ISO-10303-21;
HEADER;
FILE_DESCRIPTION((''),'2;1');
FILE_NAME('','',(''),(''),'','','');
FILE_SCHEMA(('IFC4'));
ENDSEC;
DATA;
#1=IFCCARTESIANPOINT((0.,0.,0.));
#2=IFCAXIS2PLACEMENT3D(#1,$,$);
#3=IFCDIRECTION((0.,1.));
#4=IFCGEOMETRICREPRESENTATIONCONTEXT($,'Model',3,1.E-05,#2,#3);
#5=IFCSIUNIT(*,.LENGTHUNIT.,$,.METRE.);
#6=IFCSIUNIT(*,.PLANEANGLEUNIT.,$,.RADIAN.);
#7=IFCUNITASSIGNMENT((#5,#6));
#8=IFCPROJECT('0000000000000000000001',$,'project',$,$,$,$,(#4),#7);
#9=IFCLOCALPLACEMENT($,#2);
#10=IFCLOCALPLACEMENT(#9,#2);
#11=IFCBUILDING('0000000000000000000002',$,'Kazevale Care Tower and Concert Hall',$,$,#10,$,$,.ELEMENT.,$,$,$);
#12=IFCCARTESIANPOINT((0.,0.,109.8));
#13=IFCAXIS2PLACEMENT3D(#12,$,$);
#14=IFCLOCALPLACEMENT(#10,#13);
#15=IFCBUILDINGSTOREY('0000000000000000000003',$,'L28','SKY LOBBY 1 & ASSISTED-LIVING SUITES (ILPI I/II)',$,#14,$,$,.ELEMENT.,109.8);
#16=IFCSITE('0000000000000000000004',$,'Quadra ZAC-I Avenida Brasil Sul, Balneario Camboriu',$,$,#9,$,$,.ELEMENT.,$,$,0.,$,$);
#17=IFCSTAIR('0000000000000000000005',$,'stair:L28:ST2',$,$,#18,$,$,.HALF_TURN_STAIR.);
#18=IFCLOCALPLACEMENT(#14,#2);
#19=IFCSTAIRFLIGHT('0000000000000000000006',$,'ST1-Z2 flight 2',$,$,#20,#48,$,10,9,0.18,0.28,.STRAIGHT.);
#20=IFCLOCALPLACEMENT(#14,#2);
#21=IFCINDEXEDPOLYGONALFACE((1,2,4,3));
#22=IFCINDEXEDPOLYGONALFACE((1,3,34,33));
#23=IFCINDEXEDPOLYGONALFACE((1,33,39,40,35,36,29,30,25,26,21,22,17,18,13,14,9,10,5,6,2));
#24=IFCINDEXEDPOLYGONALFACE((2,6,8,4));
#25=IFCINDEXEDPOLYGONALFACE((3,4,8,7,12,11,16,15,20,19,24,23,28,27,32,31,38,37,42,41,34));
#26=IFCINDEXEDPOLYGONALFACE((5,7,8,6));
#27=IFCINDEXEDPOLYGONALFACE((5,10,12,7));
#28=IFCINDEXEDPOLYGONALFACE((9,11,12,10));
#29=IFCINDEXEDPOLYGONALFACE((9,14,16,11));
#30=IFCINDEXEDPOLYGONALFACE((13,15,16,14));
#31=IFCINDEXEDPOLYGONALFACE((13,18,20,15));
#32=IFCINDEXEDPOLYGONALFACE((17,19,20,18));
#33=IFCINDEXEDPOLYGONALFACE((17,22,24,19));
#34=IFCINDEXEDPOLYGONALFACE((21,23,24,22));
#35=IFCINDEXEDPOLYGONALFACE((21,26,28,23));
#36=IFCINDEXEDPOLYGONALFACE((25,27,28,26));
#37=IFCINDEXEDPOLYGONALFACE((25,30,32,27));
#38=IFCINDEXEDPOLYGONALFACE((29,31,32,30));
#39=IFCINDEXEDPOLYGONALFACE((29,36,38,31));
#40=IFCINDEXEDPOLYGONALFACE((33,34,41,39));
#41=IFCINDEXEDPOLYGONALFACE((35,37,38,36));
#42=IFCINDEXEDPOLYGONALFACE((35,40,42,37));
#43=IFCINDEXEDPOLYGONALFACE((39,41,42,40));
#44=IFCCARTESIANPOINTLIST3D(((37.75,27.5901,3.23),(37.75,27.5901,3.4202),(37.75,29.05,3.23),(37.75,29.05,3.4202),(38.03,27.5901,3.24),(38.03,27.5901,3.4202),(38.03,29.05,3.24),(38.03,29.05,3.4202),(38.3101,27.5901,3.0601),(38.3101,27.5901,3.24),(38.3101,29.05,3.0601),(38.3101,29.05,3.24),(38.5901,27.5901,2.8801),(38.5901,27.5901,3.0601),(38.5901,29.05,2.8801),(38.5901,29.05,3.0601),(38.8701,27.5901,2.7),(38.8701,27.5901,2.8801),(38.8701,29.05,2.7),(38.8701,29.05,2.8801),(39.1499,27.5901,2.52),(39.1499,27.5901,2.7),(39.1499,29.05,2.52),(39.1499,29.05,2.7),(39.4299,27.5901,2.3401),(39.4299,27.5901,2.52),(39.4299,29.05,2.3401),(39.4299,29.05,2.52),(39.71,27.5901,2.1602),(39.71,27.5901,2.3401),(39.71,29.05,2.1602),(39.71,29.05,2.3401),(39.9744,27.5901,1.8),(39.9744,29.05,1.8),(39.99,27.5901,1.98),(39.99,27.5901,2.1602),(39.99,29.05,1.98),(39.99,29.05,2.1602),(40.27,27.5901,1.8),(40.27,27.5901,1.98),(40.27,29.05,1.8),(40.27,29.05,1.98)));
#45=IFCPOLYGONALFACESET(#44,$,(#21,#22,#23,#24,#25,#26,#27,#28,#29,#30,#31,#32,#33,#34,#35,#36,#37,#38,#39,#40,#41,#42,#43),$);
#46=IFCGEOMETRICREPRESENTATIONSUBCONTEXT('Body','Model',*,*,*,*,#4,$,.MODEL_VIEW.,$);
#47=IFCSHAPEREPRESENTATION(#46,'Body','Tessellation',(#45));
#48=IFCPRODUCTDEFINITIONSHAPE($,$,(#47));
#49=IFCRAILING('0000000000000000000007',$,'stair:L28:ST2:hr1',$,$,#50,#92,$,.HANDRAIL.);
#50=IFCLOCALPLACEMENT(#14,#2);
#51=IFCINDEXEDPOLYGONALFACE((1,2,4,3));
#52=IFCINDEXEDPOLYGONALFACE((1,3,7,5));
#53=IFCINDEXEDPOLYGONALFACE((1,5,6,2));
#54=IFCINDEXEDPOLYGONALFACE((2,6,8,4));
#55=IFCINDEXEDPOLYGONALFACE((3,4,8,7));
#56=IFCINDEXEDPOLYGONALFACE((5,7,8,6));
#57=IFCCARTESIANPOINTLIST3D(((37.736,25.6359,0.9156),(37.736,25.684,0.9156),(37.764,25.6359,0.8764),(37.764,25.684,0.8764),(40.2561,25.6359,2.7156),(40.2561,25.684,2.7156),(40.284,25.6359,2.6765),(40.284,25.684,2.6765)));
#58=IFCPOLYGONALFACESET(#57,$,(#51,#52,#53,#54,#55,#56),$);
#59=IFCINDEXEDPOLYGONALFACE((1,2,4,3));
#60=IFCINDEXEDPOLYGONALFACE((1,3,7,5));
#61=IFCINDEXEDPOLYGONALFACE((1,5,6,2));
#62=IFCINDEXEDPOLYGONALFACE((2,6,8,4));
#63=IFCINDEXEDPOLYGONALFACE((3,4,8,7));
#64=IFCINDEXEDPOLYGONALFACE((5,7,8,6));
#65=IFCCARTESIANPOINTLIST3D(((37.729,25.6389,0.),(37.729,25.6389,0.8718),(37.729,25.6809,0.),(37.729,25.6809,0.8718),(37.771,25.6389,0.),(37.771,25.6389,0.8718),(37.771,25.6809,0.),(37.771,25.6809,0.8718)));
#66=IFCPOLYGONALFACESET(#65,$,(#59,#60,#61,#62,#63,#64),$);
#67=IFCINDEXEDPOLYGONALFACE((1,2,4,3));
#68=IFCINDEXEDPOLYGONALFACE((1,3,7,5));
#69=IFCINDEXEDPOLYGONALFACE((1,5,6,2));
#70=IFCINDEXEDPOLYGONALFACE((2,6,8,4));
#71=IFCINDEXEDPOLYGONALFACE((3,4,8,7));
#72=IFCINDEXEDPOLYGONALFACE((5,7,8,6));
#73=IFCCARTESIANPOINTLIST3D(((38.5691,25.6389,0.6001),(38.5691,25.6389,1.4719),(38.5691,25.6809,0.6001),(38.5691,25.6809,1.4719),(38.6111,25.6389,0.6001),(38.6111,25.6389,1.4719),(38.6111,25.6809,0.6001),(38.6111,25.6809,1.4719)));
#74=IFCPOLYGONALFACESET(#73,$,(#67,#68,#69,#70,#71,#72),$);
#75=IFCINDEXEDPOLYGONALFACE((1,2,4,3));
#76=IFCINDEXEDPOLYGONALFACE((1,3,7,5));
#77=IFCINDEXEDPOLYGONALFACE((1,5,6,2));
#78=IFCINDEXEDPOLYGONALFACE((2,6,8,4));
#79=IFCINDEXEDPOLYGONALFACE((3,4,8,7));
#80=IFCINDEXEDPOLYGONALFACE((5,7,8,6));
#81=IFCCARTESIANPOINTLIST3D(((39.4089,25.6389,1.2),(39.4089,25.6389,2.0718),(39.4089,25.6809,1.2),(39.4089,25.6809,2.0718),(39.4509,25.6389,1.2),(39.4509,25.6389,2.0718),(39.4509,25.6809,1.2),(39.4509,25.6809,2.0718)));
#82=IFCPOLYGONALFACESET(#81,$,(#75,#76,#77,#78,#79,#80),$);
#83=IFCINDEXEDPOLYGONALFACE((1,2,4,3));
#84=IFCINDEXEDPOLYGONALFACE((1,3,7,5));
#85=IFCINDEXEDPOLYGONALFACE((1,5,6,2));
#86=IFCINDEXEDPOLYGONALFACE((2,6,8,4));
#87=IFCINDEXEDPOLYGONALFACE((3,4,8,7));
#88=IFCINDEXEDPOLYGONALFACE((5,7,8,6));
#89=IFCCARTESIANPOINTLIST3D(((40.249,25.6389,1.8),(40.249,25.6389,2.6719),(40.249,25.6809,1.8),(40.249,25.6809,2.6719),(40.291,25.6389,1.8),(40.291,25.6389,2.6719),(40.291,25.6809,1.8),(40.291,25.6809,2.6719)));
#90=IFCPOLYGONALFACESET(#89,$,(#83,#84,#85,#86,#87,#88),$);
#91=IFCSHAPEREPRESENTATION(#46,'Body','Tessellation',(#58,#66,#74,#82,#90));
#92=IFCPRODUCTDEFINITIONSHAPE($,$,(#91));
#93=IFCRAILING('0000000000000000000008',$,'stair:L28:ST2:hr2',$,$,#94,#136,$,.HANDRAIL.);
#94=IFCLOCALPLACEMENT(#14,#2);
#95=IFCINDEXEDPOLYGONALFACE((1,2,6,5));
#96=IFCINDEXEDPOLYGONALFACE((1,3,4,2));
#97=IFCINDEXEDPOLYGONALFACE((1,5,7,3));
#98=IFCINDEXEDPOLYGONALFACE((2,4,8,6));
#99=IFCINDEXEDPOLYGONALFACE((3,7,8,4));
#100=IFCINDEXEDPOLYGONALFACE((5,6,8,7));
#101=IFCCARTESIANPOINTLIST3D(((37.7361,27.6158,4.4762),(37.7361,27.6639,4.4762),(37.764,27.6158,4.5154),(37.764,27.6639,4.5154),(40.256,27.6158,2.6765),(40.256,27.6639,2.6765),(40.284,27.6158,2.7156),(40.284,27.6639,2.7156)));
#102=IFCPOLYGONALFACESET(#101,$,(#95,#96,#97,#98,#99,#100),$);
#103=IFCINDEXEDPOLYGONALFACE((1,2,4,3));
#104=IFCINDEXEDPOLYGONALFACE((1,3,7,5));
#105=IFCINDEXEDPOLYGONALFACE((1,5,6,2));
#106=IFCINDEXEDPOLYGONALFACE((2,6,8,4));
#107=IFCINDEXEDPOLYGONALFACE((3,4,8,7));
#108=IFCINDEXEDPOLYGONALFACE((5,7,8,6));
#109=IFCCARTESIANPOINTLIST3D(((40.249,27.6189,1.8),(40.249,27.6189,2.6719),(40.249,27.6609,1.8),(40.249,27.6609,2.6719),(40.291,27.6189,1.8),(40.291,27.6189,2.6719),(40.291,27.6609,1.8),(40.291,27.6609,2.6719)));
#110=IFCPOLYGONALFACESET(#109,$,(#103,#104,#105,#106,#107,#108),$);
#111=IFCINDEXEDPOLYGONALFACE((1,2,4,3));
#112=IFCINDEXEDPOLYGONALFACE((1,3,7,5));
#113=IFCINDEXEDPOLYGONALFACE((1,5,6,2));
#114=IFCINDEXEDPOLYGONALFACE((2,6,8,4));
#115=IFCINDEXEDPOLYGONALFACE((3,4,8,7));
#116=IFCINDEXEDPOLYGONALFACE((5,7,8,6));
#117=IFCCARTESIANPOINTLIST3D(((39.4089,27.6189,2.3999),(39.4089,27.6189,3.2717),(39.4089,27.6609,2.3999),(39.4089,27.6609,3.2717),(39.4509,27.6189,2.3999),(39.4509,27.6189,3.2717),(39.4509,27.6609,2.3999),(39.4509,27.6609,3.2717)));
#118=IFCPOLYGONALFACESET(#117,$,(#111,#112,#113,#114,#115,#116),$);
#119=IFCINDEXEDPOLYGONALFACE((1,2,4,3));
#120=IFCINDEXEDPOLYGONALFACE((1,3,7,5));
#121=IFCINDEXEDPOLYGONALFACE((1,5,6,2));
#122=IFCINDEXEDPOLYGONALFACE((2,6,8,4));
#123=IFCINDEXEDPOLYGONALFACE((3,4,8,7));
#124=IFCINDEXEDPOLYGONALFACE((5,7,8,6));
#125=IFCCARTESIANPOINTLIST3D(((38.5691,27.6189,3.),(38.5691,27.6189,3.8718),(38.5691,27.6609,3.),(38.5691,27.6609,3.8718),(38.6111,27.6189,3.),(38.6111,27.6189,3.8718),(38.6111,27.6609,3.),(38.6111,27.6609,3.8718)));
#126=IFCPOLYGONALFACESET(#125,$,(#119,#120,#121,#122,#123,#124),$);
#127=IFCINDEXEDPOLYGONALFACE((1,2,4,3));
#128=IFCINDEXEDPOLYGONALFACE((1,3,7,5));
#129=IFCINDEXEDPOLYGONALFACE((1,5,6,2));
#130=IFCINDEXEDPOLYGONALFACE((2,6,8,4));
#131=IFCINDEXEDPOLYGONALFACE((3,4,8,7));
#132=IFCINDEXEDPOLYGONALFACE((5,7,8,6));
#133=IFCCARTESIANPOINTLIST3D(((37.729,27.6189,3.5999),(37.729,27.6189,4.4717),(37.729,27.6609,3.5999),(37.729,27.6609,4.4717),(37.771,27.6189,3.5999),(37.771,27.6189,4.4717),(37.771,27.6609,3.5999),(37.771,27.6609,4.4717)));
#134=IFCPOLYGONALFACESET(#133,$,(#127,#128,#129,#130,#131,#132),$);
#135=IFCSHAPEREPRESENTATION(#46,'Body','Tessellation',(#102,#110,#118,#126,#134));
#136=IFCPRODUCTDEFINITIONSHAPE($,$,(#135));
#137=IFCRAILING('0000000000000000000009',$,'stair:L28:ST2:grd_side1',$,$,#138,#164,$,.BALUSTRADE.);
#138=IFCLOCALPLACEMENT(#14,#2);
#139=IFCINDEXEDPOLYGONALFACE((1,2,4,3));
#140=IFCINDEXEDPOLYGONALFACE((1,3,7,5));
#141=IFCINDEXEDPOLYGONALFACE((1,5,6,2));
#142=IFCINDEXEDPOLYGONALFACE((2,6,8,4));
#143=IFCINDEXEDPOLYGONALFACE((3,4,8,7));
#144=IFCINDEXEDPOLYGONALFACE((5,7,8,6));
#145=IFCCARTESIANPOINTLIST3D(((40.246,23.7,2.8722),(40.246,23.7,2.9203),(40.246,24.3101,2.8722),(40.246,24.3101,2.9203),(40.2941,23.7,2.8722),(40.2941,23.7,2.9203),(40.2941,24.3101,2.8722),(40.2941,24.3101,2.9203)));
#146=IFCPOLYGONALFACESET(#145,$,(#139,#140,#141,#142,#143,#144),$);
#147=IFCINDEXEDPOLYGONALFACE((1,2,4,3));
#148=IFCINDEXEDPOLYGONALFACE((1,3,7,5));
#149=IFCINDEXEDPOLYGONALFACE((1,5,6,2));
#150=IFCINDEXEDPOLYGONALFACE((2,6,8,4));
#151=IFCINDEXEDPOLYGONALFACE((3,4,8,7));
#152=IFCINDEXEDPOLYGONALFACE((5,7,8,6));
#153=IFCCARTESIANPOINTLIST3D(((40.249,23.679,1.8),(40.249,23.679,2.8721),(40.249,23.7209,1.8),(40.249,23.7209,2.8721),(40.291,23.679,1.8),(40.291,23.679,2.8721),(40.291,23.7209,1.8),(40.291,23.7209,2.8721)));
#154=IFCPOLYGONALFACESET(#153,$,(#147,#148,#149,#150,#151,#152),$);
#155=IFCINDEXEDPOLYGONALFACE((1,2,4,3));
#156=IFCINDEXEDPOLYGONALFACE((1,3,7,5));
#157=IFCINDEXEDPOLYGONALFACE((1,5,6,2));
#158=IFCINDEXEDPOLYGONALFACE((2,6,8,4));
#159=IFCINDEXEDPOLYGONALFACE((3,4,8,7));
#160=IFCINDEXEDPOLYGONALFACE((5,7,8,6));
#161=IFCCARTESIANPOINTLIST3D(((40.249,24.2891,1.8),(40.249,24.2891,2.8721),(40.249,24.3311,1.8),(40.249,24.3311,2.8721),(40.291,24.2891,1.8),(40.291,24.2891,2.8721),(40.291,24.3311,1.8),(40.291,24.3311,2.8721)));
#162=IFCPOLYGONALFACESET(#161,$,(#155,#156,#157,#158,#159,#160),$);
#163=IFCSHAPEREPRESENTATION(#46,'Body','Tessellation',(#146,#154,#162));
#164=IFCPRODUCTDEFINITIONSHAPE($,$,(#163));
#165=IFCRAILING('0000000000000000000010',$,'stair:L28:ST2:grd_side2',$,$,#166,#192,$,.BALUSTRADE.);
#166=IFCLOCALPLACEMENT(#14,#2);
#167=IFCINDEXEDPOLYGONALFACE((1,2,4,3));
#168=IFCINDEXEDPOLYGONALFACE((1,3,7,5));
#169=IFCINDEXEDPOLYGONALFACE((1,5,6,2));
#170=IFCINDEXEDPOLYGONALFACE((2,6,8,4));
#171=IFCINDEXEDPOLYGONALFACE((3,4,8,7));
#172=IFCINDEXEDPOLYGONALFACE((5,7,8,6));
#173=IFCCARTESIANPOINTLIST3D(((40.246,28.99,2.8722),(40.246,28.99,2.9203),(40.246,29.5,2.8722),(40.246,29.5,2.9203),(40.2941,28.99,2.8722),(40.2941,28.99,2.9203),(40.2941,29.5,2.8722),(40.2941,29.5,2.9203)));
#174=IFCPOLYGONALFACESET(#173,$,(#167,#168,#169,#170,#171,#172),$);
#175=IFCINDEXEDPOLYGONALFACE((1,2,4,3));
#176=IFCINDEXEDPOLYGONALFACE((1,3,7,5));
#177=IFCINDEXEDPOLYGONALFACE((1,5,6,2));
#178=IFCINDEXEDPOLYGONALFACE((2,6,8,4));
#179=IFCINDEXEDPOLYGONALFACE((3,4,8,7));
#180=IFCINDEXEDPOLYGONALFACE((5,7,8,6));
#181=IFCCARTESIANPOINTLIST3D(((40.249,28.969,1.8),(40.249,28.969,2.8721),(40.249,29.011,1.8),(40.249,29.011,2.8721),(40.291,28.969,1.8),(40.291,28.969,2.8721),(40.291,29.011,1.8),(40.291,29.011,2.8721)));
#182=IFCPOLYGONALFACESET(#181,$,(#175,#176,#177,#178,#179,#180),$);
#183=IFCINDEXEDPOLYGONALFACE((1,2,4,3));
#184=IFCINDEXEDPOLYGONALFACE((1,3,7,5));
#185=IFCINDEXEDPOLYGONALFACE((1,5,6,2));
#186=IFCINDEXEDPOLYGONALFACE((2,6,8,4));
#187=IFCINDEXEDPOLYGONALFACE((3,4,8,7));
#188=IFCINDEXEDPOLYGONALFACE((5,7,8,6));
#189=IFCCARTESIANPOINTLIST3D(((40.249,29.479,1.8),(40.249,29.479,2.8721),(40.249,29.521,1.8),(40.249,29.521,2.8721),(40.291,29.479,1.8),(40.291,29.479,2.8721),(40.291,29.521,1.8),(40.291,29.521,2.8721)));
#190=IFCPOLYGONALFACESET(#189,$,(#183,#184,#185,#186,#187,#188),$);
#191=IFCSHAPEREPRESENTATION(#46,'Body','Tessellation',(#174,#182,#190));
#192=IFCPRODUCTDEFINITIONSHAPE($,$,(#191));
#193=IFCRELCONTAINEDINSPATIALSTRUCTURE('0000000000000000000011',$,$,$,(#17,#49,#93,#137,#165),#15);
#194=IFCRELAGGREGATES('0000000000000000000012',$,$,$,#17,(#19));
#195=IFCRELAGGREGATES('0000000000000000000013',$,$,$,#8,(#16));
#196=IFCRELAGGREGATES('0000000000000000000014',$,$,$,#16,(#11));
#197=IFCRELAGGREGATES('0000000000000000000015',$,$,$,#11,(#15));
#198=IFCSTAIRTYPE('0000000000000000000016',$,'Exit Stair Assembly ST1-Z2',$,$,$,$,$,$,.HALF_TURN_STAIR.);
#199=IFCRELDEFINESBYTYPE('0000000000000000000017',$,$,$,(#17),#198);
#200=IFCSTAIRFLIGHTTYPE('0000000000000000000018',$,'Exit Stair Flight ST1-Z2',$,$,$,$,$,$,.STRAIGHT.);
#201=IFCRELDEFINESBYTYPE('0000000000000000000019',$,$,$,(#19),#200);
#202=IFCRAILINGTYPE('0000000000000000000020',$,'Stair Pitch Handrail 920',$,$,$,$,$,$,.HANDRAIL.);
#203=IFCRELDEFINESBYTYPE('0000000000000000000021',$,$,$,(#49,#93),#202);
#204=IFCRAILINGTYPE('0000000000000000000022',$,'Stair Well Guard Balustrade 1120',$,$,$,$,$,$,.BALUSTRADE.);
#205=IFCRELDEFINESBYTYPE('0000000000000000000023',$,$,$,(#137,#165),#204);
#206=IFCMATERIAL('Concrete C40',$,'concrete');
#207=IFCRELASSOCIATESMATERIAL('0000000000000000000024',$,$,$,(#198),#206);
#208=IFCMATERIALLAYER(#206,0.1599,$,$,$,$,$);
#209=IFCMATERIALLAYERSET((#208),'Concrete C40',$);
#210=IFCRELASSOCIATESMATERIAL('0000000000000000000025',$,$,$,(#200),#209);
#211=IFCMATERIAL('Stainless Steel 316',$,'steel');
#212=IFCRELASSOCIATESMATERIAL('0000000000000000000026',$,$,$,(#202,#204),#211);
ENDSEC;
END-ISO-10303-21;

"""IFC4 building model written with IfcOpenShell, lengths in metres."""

from ifc_helpers import new_model, si_unit, direction, frame, origin, origin_2d, place, context, subcontext, project, spatial, polyline, rectangle, outline, extrude, material, layer, layer_set, type_object, element, aggregate, save


model = new_model("IFC4")

# Units and contexts
model_context = context("Model", 3, precision=1e-05, world=origin(), true_north=direction((0.0, 1.0)))
body_context = subcontext(model_context, "Body", "Model", "MODEL_VIEW")
ifc_project = project(units=[si_unit("LENGTHUNIT", "METRE"), si_unit("PLANEANGLEUNIT", "RADIAN")], contexts=[model_context])

# Site, building, storey
site_placement = place(None, origin())
site = spatial("IfcSite", under=ifc_project, at=site_placement, Name="Quadra ZAC-I Avenida Brasil Sul, Balneario Camboriu", CompositionType="ELEMENT", RefElevation=0.0)
building_placement = place(site_placement, origin())
building = spatial("IfcBuilding", under=site, at=building_placement, Name="Kazevale Care Tower and Concert Hall", CompositionType="ELEMENT")
storey_placement = place(building_placement, frame((0.0, 0.0, 109.8)))
storey = spatial("IfcBuildingStorey", under=building, at=storey_placement, Name="L28", Description="SKY LOBBY 1 & ASSISTED-LIVING SUITES (ILPI I/II)", CompositionType="ELEMENT", Elevation=109.8)

# Shared definitions
ifc_material_1 = material(Name="Concrete C40", Category="concrete")

# Stair, stair flight
stair_type = type_object("IfcStairType", Name="Exit Stair Assembly ST1-Z2", PredefinedType="HALF_TURN_STAIR", material=ifc_material_1)
stair_placement = place(storey_placement, origin())
stair = element("IfcStair", 1, at=stair_placement, inside=storey, type_object=stair_type, Name="stair:L28:ST2", PredefinedType="HALF_TURN_STAIR")
ifc_layer_1 = layer(ifc_material_1, 0.1599)
ifc_layer_set_1 = layer_set([ifc_layer_1], Name="Concrete C40")
stair_flight_type = type_object("IfcStairFlightType", Name="Exit Stair Flight ST1-Z2", PredefinedType="STRAIGHT", material=ifc_layer_set_1)
stair_flight_1_placement = place(storey_placement, frame((40.27, 28.3201, 1.8), z_axis=(0.0, 0.0, 1.0), x_axis=(-1.0, 0.0, 0.0)))
stair_flight_1 = element("IfcStairFlight", 2, at=stair_flight_1_placement, type_object=stair_flight_type, Name="ST1-Z2 flight 2", NumberOfRisers=10, NumberOfTreads=9, PredefinedType="STRAIGHT", RiserHeight=0.18, TreadLength=0.28, context=body_context, shape_type="SweptSolid", body=[
    extrude(outline(polyline([(0.0, 0.0), (0.0, 0.1799), (0.28, 0.1799), (0.28, 0.3601), (0.5601, 0.3601), (0.5601, 0.54), (0.8401, 0.54), (0.8401, 0.72), (1.1201, 0.72), (1.1201, 0.8999), (1.3999, 0.8999), (1.3999, 1.0801), (1.6799, 1.0801), (1.6799, 1.26), (1.96, 1.26), (1.96, 1.4399), (2.24, 1.4399), (2.24, 1.6201), (2.52, 1.6201), (2.52, 1.8), (2.52, 1.4299), (0.2957, 0.0), (0.0, 0.0)])), frame((0.0, 0.73, 0.0), z_axis=(0.0, -1.0, 0.0), x_axis=(1.0, 0.0, 0.0)), (0.0, 0.0, 1.0), 1.46),
])
aggregate(stair, [stair_flight_1])

# Railings
ifc_material_2 = material(Name="Stainless Steel 316", Category="steel")
railing_type_1 = type_object("IfcRailingType", Name="Stair Pitch Handrail 920", PredefinedType="HANDRAIL", material=ifc_material_2)
railing_1_placement = place(storey_placement, frame((37.75, 25.6599, 0.0)))
element("IfcRailing", 3, at=railing_1_placement, inside=storey, type_object=railing_type_1, Name="stair:L28:ST2:hr1", PredefinedType="HANDRAIL", context=body_context, shape_type="SweptSolid", body=[
    extrude(rectangle(XDim=0.0481, YDim=0.0481, at=origin_2d()), frame((0.0, 0.0, 0.896), z_axis=(0.813728, 0.0, 0.581246), x_axis=(0.0, 1.0, 0.0)), (0.0, 0.0, 1.0), 3.0969),
    extrude(rectangle(XDim=0.042, YDim=0.042, at=origin_2d()), origin(), (0.0, 0.0, 1.0), 0.8718),
    extrude(rectangle(XDim=0.042, YDim=0.042, at=origin_2d()), frame((0.8401, 0.0, 0.6001)), (0.0, 0.0, 1.0), 0.8718),
    extrude(rectangle(XDim=0.042, YDim=0.042, at=origin_2d()), frame((1.6799, 0.0, 1.2)), (0.0, 0.0, 1.0), 0.8718),
    extrude(rectangle(XDim=0.042, YDim=0.042, at=origin_2d()), frame((2.52, 0.0, 1.8)), (0.0, 0.0, 1.0), 0.8718),
])
railing_2_placement = place(storey_placement, frame((40.27, 27.6399, 1.8)))
element("IfcRailing", 4, at=railing_2_placement, inside=storey, type_object=railing_type_1, Name="stair:L28:ST2:hr2", PredefinedType="HANDRAIL", context=body_context, shape_type="SweptSolid", body=[
    extrude(rectangle(XDim=0.0481, YDim=0.0481, at=origin_2d()), frame((0.0, 0.0, 0.896), z_axis=(-0.813765, 0.0, 0.581193), x_axis=(0.0, -1.0, 0.0)), (0.0, 0.0, 1.0), 3.0967),
    extrude(rectangle(XDim=0.042, YDim=0.042, at=origin_2d()), origin(), (0.0, 0.0, 1.0), 0.8718),
    extrude(rectangle(XDim=0.042, YDim=0.042, at=origin_2d()), frame((-0.8401, 0.0, 0.5999)), (0.0, 0.0, 1.0), 0.8718),
    extrude(rectangle(XDim=0.042, YDim=0.042, at=origin_2d()), frame((-1.6799, 0.0, 1.2)), (0.0, 0.0, 1.0), 0.8718),
    extrude(rectangle(XDim=0.042, YDim=0.042, at=origin_2d()), frame((-2.52, 0.0, 1.7998)), (0.0, 0.0, 1.0), 0.8718),
])
railing_type_2 = type_object("IfcRailingType", Name="Stair Well Guard Balustrade 1120", PredefinedType="BALUSTRADE", material=ifc_material_2)
railing_3_placement = place(storey_placement, frame((40.27, 23.7, 1.8)))
element("IfcRailing", 5, at=railing_3_placement, inside=storey, type_object=railing_type_2, Name="stair:L28:ST2:grd_side1", PredefinedType="BALUSTRADE", context=body_context, shape_type="SweptSolid", body=[
    extrude(rectangle(XDim=0.0481, YDim=0.0481, at=origin_2d()), frame((0.0, 0.0, 1.0962), z_axis=(0.0, 1.0, 0.0), x_axis=(-1.0, 0.0, 0.0)), (0.0, 0.0, 1.0), 0.6101),
    extrude(rectangle(XDim=0.042, YDim=0.042, at=origin_2d()), origin(), (0.0, 0.0, 1.0), 1.072),
    extrude(rectangle(XDim=0.042, YDim=0.042, at=origin_2d()), frame((0.0, 0.6101, 0.0)), (0.0, 0.0, 1.0), 1.072),
])
railing_4_placement = place(storey_placement, frame((40.27, 28.99, 1.8)))
element("IfcRailing", 6, at=railing_4_placement, inside=storey, type_object=railing_type_2, Name="stair:L28:ST2:grd_side2", PredefinedType="BALUSTRADE", context=body_context, shape_type="SweptSolid", body=[
    extrude(rectangle(XDim=0.0481, YDim=0.0481, at=origin_2d()), frame((0.0, 0.0, 1.0962), z_axis=(0.0, 1.0, 0.0), x_axis=(-1.0, 0.0, 0.0)), (0.0, 0.0, 1.0), 0.51),
    extrude(rectangle(XDim=0.042, YDim=0.042, at=origin_2d()), origin(), (0.0, 0.0, 1.0), 1.072),
    extrude(rectangle(XDim=0.042, YDim=0.042, at=origin_2d()), frame((0.0, 0.51, 0.0)), (0.0, 0.0, 1.0), 1.072),
])

save(model, "model.ifc")
